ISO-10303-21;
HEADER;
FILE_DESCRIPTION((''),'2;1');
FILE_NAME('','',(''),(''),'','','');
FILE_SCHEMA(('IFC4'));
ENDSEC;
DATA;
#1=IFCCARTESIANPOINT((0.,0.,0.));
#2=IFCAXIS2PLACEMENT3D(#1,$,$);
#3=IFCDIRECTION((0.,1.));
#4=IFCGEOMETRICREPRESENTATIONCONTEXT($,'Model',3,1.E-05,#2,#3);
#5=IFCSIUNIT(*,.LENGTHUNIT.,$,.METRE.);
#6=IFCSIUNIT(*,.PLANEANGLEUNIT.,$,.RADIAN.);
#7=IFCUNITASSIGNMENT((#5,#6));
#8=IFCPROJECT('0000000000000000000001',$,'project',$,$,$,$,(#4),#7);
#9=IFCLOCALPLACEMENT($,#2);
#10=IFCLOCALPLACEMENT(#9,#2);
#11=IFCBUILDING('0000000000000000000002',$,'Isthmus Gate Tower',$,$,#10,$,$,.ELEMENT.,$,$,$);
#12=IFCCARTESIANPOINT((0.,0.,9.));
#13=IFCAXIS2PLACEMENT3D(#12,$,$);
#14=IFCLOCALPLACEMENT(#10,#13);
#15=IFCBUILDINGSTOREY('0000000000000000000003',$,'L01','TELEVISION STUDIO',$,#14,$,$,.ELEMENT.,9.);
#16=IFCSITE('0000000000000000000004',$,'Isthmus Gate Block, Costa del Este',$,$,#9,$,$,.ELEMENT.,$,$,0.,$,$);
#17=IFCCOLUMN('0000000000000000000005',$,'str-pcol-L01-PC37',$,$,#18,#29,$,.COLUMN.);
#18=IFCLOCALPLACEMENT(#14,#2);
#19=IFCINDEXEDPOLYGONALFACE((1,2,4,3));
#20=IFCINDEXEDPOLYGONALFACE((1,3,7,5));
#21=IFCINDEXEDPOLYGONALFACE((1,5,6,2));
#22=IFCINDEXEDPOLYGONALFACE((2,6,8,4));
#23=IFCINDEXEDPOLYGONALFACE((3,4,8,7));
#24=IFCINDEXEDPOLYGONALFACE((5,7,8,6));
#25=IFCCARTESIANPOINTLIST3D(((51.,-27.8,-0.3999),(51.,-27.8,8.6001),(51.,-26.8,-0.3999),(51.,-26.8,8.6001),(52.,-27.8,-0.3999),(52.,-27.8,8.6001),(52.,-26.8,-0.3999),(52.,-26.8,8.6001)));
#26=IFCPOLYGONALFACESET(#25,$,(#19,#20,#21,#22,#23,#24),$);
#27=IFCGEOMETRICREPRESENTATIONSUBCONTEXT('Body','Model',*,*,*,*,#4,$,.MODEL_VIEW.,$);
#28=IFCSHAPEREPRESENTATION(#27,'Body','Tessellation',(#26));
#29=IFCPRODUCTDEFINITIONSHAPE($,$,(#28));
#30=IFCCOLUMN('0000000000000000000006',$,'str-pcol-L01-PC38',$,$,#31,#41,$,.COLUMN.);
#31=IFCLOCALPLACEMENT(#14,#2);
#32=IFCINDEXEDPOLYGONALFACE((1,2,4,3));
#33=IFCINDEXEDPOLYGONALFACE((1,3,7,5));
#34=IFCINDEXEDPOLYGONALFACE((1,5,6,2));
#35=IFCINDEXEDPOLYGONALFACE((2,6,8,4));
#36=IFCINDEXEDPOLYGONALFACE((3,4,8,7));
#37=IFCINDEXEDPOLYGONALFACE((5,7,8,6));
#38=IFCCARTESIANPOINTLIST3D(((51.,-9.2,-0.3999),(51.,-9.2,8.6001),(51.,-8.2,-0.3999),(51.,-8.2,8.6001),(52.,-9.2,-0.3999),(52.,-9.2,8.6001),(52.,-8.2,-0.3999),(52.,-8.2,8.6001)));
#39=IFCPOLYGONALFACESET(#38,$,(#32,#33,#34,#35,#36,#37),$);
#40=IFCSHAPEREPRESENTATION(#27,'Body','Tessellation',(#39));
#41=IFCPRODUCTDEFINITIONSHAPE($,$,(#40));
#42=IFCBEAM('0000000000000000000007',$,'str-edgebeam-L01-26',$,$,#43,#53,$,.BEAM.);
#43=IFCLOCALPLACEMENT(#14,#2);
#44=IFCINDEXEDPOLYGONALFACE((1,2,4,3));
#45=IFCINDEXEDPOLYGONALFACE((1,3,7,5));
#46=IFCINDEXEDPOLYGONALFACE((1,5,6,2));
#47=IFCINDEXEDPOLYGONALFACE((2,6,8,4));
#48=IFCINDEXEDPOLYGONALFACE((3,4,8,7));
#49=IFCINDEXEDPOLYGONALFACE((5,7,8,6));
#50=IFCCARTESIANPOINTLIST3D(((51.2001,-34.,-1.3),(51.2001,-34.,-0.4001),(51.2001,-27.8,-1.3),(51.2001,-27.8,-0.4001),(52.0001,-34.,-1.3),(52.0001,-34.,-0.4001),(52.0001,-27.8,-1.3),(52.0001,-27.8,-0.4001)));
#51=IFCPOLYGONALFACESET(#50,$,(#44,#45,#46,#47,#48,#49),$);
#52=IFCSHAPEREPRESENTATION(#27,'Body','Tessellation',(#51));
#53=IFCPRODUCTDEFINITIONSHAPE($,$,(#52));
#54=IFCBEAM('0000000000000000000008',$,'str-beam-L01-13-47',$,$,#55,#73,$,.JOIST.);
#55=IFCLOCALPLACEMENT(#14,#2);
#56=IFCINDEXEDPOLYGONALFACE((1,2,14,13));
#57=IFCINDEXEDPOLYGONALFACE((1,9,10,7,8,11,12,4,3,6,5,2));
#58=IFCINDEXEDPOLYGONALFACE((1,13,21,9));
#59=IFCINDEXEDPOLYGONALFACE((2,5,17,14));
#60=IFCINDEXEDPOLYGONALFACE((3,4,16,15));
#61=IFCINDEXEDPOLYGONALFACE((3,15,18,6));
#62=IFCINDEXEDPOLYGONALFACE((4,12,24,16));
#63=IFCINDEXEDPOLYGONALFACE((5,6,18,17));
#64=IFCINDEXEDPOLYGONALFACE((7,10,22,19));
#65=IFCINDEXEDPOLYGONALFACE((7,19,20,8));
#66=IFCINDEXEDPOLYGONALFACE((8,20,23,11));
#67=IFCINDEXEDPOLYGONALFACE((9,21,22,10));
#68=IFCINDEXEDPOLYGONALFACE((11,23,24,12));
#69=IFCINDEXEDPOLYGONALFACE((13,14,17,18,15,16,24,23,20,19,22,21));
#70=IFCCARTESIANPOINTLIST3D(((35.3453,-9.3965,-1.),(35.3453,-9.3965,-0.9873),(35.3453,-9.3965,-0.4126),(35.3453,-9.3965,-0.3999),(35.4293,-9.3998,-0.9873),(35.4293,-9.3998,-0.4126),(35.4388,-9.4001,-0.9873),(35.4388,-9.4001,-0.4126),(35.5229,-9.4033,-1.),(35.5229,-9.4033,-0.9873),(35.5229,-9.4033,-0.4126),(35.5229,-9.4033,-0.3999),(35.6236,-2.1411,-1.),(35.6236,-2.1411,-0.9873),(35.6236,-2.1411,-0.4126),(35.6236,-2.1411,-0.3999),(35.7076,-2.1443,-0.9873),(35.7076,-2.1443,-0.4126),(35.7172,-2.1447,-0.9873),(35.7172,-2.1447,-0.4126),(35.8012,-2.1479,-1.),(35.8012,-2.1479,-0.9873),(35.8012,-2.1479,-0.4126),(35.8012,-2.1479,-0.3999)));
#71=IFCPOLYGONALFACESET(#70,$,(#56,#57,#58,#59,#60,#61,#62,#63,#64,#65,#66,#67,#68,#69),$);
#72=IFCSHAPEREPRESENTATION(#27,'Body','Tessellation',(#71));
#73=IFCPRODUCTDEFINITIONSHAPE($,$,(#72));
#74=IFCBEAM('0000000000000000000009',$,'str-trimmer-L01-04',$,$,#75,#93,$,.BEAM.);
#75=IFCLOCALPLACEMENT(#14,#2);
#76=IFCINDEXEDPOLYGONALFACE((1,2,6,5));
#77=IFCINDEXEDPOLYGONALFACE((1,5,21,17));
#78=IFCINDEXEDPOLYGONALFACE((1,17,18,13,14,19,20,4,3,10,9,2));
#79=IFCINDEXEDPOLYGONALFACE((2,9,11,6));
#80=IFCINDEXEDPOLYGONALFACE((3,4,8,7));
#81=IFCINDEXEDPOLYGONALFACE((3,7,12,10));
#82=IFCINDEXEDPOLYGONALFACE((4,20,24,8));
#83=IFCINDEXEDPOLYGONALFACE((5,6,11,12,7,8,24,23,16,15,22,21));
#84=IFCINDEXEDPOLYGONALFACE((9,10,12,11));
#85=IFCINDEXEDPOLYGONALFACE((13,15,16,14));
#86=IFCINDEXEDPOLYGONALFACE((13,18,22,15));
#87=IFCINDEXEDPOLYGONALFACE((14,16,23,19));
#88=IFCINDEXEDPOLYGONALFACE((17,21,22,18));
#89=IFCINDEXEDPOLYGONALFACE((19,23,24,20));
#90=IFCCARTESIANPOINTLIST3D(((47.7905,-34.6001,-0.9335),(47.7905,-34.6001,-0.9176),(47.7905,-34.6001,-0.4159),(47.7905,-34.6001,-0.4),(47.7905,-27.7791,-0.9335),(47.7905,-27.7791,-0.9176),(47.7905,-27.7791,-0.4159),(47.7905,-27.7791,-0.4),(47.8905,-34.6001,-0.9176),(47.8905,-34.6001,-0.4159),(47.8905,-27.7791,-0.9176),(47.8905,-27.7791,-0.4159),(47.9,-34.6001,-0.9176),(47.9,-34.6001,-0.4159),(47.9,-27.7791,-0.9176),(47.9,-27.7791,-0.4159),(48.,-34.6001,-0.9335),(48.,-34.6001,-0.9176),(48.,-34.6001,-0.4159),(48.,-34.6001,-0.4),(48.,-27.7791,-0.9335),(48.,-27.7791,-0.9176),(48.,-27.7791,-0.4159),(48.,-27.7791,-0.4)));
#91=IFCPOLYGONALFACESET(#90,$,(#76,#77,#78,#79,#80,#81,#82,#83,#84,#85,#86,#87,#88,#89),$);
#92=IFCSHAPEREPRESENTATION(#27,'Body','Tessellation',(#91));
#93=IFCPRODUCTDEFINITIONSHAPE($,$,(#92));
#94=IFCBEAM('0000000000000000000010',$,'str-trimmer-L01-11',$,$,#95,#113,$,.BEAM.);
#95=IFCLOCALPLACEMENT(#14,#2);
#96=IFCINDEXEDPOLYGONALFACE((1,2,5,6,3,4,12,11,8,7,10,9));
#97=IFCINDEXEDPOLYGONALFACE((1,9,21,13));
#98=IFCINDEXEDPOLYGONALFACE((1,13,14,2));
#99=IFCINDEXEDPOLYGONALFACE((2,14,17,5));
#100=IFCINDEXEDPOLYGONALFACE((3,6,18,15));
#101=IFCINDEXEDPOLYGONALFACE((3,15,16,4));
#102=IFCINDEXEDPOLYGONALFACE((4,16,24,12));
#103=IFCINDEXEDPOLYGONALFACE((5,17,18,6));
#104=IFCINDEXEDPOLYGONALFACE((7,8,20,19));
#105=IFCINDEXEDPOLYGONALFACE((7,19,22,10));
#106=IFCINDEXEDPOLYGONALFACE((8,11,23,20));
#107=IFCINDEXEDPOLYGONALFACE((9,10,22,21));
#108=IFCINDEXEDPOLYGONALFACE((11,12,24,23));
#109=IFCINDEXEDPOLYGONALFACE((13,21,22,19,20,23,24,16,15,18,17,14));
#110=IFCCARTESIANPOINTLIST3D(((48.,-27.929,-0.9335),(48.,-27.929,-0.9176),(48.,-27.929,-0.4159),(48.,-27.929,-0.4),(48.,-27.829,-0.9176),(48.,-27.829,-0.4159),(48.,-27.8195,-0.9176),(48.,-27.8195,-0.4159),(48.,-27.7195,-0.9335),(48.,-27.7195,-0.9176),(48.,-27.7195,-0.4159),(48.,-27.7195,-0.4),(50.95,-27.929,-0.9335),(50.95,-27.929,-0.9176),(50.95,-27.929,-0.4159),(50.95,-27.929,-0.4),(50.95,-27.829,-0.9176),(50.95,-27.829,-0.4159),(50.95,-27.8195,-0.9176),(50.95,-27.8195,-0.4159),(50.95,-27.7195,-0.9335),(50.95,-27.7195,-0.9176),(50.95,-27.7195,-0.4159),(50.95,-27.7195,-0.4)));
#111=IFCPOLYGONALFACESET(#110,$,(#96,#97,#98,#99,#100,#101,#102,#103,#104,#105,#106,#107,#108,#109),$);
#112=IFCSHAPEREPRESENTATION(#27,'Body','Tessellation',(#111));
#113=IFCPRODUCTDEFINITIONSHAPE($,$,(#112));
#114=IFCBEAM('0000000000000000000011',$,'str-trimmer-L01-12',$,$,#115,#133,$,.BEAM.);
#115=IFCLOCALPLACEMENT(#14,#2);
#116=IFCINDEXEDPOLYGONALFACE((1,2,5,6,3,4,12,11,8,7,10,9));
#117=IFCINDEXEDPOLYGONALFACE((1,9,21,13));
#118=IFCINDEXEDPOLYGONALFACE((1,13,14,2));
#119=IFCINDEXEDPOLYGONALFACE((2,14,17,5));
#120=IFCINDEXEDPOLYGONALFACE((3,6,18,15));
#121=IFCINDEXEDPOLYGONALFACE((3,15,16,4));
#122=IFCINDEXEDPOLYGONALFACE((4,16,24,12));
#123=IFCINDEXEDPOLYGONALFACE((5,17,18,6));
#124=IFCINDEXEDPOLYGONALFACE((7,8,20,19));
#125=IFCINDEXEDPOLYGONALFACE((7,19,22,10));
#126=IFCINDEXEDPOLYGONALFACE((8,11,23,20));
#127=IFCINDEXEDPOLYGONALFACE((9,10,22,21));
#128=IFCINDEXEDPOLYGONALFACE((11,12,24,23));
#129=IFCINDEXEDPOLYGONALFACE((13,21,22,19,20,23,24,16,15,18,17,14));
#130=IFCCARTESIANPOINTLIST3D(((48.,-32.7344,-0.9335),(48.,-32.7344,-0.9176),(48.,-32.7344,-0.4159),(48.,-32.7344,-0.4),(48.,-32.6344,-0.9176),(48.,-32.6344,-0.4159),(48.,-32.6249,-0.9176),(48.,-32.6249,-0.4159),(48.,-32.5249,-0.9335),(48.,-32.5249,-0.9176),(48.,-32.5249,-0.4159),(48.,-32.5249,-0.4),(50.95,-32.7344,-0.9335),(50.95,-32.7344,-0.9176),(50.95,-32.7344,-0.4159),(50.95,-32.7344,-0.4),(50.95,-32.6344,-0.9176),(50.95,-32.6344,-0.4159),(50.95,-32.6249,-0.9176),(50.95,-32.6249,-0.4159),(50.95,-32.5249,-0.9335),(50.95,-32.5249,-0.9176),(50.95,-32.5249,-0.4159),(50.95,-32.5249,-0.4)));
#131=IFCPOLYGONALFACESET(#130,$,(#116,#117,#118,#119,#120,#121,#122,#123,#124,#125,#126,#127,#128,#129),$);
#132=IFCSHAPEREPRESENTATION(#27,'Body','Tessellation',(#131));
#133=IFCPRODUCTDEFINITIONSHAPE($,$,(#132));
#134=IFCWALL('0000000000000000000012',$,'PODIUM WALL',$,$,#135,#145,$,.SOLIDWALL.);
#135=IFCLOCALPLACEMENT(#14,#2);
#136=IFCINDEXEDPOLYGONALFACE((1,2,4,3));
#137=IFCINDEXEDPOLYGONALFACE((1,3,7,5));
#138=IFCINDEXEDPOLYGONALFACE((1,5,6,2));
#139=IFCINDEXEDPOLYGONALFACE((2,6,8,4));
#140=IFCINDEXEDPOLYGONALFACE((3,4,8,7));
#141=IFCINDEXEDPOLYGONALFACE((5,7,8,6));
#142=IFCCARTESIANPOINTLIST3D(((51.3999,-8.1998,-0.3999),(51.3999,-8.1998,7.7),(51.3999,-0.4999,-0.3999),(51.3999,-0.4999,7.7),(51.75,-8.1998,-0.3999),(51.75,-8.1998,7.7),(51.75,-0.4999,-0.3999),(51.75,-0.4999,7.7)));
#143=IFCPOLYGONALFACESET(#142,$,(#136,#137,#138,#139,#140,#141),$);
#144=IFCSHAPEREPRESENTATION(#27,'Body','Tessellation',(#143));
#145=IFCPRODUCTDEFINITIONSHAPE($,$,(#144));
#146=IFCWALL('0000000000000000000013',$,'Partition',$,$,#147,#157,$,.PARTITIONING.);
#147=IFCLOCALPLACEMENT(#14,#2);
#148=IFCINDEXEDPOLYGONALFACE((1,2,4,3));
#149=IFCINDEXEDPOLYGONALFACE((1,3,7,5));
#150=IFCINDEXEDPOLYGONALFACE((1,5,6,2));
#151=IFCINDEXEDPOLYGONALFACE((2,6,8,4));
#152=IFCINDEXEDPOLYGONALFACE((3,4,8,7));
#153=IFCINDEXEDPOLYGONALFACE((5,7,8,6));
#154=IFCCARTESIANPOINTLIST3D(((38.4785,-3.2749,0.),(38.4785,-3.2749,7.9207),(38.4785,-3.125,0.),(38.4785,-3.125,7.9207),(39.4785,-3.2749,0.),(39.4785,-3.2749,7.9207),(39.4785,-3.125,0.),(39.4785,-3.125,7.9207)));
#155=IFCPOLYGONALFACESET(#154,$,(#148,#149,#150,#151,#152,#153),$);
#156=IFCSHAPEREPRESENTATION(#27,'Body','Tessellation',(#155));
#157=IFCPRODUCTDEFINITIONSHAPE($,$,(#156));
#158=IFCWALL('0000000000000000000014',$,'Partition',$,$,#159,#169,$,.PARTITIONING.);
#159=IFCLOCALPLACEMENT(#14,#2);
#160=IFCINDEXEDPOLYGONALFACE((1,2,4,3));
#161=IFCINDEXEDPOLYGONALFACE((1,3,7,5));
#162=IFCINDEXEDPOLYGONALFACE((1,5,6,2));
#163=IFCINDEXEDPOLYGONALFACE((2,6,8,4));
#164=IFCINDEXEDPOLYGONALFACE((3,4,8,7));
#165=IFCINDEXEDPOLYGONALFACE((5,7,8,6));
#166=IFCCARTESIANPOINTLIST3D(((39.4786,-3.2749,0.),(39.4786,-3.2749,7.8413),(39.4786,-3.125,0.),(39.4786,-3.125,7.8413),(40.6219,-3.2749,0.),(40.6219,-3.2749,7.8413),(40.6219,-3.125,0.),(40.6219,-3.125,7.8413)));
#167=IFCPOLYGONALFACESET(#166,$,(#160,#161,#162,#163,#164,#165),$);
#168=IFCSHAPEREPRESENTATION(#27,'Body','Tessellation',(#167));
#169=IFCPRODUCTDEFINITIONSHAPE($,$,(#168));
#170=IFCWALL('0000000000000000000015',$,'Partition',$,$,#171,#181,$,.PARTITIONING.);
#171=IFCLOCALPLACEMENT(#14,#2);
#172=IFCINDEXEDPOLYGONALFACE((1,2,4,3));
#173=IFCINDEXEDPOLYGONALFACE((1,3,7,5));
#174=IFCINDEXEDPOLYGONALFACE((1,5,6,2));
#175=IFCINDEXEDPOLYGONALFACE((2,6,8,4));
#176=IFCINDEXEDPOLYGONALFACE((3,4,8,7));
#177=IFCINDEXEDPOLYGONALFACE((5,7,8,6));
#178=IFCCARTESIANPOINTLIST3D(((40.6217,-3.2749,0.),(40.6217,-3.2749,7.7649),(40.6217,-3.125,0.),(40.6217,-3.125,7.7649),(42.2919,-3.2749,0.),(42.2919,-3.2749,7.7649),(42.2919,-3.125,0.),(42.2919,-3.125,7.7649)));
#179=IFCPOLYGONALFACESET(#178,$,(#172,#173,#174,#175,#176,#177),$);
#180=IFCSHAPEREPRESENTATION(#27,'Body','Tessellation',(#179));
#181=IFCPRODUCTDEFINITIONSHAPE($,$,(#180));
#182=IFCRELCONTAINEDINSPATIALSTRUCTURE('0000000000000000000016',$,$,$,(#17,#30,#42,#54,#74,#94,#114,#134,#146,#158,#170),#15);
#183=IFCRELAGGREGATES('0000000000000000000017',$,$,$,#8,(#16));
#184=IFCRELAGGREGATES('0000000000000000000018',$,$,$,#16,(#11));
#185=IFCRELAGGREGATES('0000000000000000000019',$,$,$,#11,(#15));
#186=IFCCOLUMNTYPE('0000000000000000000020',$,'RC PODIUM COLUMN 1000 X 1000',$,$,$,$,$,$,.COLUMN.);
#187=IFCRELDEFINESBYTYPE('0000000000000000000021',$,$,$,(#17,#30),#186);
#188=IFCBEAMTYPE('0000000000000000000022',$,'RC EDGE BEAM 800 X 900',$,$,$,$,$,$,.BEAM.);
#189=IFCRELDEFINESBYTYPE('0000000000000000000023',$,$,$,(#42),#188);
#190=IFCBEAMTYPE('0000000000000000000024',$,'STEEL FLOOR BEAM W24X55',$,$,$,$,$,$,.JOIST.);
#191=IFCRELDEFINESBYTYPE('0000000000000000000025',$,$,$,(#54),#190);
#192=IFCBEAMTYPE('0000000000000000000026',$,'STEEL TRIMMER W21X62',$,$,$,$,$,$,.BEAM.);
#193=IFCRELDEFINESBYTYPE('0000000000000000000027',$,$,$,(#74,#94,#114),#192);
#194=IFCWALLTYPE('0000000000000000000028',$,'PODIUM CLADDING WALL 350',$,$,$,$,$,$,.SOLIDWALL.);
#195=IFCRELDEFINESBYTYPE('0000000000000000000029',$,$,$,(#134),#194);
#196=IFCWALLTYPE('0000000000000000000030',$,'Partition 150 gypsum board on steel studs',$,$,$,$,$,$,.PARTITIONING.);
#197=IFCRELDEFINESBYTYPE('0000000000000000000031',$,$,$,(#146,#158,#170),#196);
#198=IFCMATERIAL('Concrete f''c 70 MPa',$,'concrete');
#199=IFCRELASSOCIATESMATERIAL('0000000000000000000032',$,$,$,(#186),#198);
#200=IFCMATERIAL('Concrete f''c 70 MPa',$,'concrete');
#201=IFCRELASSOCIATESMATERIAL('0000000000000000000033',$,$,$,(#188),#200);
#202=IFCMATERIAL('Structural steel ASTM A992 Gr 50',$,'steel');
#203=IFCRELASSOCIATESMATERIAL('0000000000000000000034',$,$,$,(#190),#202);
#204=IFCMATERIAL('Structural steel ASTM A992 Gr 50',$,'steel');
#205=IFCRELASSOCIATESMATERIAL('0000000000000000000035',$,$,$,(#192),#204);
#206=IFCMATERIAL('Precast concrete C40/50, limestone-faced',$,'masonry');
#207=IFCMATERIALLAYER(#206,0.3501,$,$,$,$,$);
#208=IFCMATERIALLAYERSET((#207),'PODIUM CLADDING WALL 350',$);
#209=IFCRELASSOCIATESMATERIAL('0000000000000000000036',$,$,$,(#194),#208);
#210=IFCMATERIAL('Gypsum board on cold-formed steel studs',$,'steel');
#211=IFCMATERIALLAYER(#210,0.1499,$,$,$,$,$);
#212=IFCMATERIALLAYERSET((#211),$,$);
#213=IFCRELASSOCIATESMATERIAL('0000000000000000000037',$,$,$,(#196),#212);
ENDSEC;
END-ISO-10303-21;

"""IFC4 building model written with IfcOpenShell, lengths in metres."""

from ifc_helpers import new_model, si_unit, direction, frame, frame_2d, origin, origin_2d, place, context, subcontext, project, spatial, rectangle, i_section, extrude, material, layer, layer_set, material_profile, profile_set, type_object, element, save


model = new_model("IFC4")

# Units and contexts
model_context = context("Model", 3, precision=1e-05, world=origin(), true_north=direction((0.0, 1.0)))
body_context = subcontext(model_context, "Body", "Model", "MODEL_VIEW")
ifc_project = project(units=[si_unit("LENGTHUNIT", "METRE"), si_unit("PLANEANGLEUNIT", "RADIAN")], contexts=[model_context])

# Site, building, storey
site_placement = place(None, origin())
site = spatial("IfcSite", under=ifc_project, at=site_placement, Name="Isthmus Gate Block, Costa del Este", CompositionType="ELEMENT", RefElevation=0.0)
building_placement = place(site_placement, origin())
building = spatial("IfcBuilding", under=site, at=building_placement, Name="Isthmus Gate Tower", CompositionType="ELEMENT")
storey_placement = place(building_placement, frame((0.0, 0.0, 9.0)))
storey = spatial("IfcBuildingStorey", under=building, at=storey_placement, Name="L01", Description="TELEVISION STUDIO", CompositionType="ELEMENT", Elevation=9.0)

# Columns
ifc_material_1 = material(Name="Concrete f'c 70 MPa", Category="concrete")
ifc_material_profile_1 = material_profile(ifc_material_1, rectangle(XDim=1.0, YDim=1.0, at=origin_2d()), Name="RC 1000X1000")
ifc_profile_set_1 = profile_set([ifc_material_profile_1], Name="Concrete f'c 70 MPa")
column_type = type_object("IfcColumnType", Name="RC PODIUM COLUMN 1000 X 1000", PredefinedType="COLUMN", material=ifc_profile_set_1)
for number, where, z_axis, x_axis, name in (
    (1, (51.5, -27.3, -0.3999), (0.0, 0.0, 1.0), (0.0, 1.0, 0.0), "str-pcol-L01-PC37"),
    (2, (51.5, -8.7, -0.3999), (0.0, 0.0, 1.0), (0.0, 1.0, 0.0), "str-pcol-L01-PC38"),
):
    element("IfcColumn", number, at=place(storey_placement, frame(where, z_axis=z_axis, x_axis=x_axis)), inside=storey, type_object=column_type, Name=name, PredefinedType="COLUMN", context=body_context, shape_type="SweptSolid", body=[
        extrude(rectangle(XDim=1.0, YDim=1.0, at=origin_2d()), origin(), (0.0, 0.0, 1.0), 9.0),
    ])

# Beams
ifc_material_2 = material(Name="Concrete f'c 70 MPa", Category="concrete")
ifc_material_profile_2 = material_profile(ifc_material_2, rectangle(XDim=0.8, YDim=0.8999, at=origin_2d()), Name="RC 800X900")
ifc_profile_set_2 = profile_set([ifc_material_profile_2], Name="Concrete f'c 70 MPa")
beam_type_1 = type_object("IfcBeamType", Name="RC EDGE BEAM 800 X 900", PredefinedType="BEAM", material=ifc_profile_set_2)
beam_1_placement = place(storey_placement, frame((51.6001, -27.8, -0.8501), z_axis=(0.0, -1.0, 0.0), x_axis=(1.0, 0.0, 0.0)))
element("IfcBeam", 3, at=beam_1_placement, inside=storey, type_object=beam_type_1, Name="str-edgebeam-L01-26", PredefinedType="BEAM", context=body_context, shape_type="SweptSolid", body=[
    extrude(rectangle(XDim=0.8, YDim=0.8999, at=origin_2d()), origin(), (0.0, 0.0, 1.0), 6.2),
])
ifc_material_3 = material(Name="Structural steel ASTM A992 Gr 50", Category="steel")
ifc_material_profile_3 = material_profile(ifc_material_3, i_section(OverallWidth=0.1777, OverallDepth=0.6001, WebThickness=0.0095, FlangeThickness=0.0127, at=origin_2d()), Name="W24X55")
ifc_profile_set_3 = profile_set([ifc_material_profile_3], Name="Structural steel ASTM A992 Gr 50")
beam_type_2 = type_object("IfcBeamType", Name="STEEL FLOOR BEAM W24X55", PredefinedType="JOIST", material=ifc_profile_set_3)
beam_2_placement = place(storey_placement, frame((35.7124, -2.1445, -0.7), z_axis=(-0.038332, -0.999265, 0.0), x_axis=(0.999265, -0.038332, 0.0)))
element("IfcBeam", 4, at=beam_2_placement, inside=storey, type_object=beam_type_2, Name="str-beam-L01-13-47", PredefinedType="JOIST", context=body_context, shape_type="SweptSolid", body=[
    extrude(i_section(OverallWidth=0.1777, OverallDepth=0.6001, WebThickness=0.0095, FlangeThickness=0.0127, at=origin_2d()), origin(), (0.0, 0.0, 1.0), 7.2607),
])
ifc_material_4 = material(Name="Structural steel ASTM A992 Gr 50", Category="steel")
ifc_material_profile_4 = material_profile(ifc_material_4, i_section(OverallWidth=0.2095, OverallDepth=0.5334, WebThickness=0.0095, FlangeThickness=0.0159, at=origin_2d()), Name="W21X62")
ifc_profile_set_4 = profile_set([ifc_material_profile_4], Name="Structural steel ASTM A992 Gr 50")
beam_type_3 = type_object("IfcBeamType", Name="STEEL TRIMMER W21X62", PredefinedType="BEAM", material=ifc_profile_set_4)
beam_3_placement = place(storey_placement, frame((47.8953, -27.7791, -0.6667), z_axis=(0.0, -1.0, 0.0), x_axis=(1.0, 0.0, 0.0)))
element("IfcBeam", 5, at=beam_3_placement, inside=storey, type_object=beam_type_3, Name="str-trimmer-L01-04", PredefinedType="BEAM", context=body_context, shape_type="SweptSolid", body=[
    extrude(i_section(OverallWidth=0.2095, OverallDepth=0.5334, WebThickness=0.0095, FlangeThickness=0.0159, at=origin_2d()), origin(), (0.0, 0.0, 1.0), 6.821),
])
for number, where, z_axis, x_axis, name in (
    (6, (50.95, -27.8242, -0.6667), (-1.0, 0.0, 0.0), (0.0, -1.0, 0.0), "str-trimmer-L01-11"),
    (7, (48.0, -32.6296, -0.6667), (1.0, 0.0, 0.0), (0.0, 1.0, 0.0), "str-trimmer-L01-12"),
):
    element("IfcBeam", number, at=place(storey_placement, frame(where, z_axis=z_axis, x_axis=x_axis)), inside=storey, type_object=beam_type_3, Name=name, PredefinedType="BEAM", context=body_context, shape_type="SweptSolid", body=[
        extrude(i_section(OverallWidth=0.2095, OverallDepth=0.5334, WebThickness=0.0095, FlangeThickness=0.0159, at=origin_2d()), origin(), (0.0, 0.0, 1.0), 2.95),
    ])

# Wall
ifc_material_5 = material(Name="Precast concrete C40/50, limestone-faced", Category="masonry")
ifc_layer_1 = layer(ifc_material_5, 0.3501)
ifc_layer_set_1 = layer_set([ifc_layer_1], Name="PODIUM CLADDING WALL 350")
wall_type_1 = type_object("IfcWallType", Name="PODIUM CLADDING WALL 350", PredefinedType="SOLIDWALL", material=ifc_layer_set_1)
wall_1_placement = place(storey_placement, frame((51.575, -8.2, -0.3999), z_axis=(0.0, 0.0, 1.0), x_axis=(0.0, 1.0, 0.0)))
element("IfcWall", 8, at=wall_1_placement, inside=storey, type_object=wall_type_1, Name="PODIUM WALL", PredefinedType="SOLIDWALL", context=body_context, shape_type="SweptSolid", body=[
    extrude(rectangle(XDim=7.7, YDim=0.3501, at=frame_2d((3.8501, 0.0))), origin(), (0.0, 0.0, 1.0), 8.0999),
])

# Shared definitions
ifc_material_6 = material(Name="Gypsum board on cold-formed steel studs", Category="steel")
ifc_layer_2 = layer(ifc_material_6, 0.1499)
ifc_layer_set_2 = layer_set([ifc_layer_2])
wall_type_2 = type_object("IfcWallType", Name="Partition 150 gypsum board on steel studs", PredefinedType="PARTITIONING", material=ifc_layer_set_2)

# Walls
wall_2_placement = place(storey_placement, frame((38.4785, -3.2, 0.0), z_axis=(0.0, 0.0, 1.0), x_axis=(1.0, 0.0, 0.0)))
element("IfcWall", 9, at=wall_2_placement, inside=storey, type_object=wall_type_2, Name="Partition", PredefinedType="PARTITIONING", context=body_context, shape_type="SweptSolid", body=[
    extrude(rectangle(XDim=1.0, YDim=0.1499, at=frame_2d((0.5, 0.0))), origin(), (0.0, 0.0, 1.0), 7.9207),
])
wall_3_placement = place(storey_placement, frame((39.4785, -3.2, 0.0), z_axis=(0.0, 0.0, 1.0), x_axis=(1.0, 0.0, 0.0)))
element("IfcWall", 10, at=wall_3_placement, inside=storey, type_object=wall_type_2, Name="Partition", PredefinedType="PARTITIONING", context=body_context, shape_type="SweptSolid", body=[
    extrude(rectangle(XDim=1.1433, YDim=0.1499, at=frame_2d((0.5718, 0.0))), origin(), (0.0, 0.0, 1.0), 7.8413),
])
wall_4_placement = place(storey_placement, frame((40.6218, -3.2, 0.0), z_axis=(0.0, 0.0, 1.0), x_axis=(1.0, 0.0, 0.0)))
element("IfcWall", 11, at=wall_4_placement, inside=storey, type_object=wall_type_2, Name="Partition", PredefinedType="PARTITIONING", context=body_context, shape_type="SweptSolid", body=[
    extrude(rectangle(XDim=1.6702, YDim=0.1499, at=frame_2d((0.835, 0.0))), origin(), (0.0, 0.0, 1.0), 7.7649),
])

save(model, "model.ifc")
